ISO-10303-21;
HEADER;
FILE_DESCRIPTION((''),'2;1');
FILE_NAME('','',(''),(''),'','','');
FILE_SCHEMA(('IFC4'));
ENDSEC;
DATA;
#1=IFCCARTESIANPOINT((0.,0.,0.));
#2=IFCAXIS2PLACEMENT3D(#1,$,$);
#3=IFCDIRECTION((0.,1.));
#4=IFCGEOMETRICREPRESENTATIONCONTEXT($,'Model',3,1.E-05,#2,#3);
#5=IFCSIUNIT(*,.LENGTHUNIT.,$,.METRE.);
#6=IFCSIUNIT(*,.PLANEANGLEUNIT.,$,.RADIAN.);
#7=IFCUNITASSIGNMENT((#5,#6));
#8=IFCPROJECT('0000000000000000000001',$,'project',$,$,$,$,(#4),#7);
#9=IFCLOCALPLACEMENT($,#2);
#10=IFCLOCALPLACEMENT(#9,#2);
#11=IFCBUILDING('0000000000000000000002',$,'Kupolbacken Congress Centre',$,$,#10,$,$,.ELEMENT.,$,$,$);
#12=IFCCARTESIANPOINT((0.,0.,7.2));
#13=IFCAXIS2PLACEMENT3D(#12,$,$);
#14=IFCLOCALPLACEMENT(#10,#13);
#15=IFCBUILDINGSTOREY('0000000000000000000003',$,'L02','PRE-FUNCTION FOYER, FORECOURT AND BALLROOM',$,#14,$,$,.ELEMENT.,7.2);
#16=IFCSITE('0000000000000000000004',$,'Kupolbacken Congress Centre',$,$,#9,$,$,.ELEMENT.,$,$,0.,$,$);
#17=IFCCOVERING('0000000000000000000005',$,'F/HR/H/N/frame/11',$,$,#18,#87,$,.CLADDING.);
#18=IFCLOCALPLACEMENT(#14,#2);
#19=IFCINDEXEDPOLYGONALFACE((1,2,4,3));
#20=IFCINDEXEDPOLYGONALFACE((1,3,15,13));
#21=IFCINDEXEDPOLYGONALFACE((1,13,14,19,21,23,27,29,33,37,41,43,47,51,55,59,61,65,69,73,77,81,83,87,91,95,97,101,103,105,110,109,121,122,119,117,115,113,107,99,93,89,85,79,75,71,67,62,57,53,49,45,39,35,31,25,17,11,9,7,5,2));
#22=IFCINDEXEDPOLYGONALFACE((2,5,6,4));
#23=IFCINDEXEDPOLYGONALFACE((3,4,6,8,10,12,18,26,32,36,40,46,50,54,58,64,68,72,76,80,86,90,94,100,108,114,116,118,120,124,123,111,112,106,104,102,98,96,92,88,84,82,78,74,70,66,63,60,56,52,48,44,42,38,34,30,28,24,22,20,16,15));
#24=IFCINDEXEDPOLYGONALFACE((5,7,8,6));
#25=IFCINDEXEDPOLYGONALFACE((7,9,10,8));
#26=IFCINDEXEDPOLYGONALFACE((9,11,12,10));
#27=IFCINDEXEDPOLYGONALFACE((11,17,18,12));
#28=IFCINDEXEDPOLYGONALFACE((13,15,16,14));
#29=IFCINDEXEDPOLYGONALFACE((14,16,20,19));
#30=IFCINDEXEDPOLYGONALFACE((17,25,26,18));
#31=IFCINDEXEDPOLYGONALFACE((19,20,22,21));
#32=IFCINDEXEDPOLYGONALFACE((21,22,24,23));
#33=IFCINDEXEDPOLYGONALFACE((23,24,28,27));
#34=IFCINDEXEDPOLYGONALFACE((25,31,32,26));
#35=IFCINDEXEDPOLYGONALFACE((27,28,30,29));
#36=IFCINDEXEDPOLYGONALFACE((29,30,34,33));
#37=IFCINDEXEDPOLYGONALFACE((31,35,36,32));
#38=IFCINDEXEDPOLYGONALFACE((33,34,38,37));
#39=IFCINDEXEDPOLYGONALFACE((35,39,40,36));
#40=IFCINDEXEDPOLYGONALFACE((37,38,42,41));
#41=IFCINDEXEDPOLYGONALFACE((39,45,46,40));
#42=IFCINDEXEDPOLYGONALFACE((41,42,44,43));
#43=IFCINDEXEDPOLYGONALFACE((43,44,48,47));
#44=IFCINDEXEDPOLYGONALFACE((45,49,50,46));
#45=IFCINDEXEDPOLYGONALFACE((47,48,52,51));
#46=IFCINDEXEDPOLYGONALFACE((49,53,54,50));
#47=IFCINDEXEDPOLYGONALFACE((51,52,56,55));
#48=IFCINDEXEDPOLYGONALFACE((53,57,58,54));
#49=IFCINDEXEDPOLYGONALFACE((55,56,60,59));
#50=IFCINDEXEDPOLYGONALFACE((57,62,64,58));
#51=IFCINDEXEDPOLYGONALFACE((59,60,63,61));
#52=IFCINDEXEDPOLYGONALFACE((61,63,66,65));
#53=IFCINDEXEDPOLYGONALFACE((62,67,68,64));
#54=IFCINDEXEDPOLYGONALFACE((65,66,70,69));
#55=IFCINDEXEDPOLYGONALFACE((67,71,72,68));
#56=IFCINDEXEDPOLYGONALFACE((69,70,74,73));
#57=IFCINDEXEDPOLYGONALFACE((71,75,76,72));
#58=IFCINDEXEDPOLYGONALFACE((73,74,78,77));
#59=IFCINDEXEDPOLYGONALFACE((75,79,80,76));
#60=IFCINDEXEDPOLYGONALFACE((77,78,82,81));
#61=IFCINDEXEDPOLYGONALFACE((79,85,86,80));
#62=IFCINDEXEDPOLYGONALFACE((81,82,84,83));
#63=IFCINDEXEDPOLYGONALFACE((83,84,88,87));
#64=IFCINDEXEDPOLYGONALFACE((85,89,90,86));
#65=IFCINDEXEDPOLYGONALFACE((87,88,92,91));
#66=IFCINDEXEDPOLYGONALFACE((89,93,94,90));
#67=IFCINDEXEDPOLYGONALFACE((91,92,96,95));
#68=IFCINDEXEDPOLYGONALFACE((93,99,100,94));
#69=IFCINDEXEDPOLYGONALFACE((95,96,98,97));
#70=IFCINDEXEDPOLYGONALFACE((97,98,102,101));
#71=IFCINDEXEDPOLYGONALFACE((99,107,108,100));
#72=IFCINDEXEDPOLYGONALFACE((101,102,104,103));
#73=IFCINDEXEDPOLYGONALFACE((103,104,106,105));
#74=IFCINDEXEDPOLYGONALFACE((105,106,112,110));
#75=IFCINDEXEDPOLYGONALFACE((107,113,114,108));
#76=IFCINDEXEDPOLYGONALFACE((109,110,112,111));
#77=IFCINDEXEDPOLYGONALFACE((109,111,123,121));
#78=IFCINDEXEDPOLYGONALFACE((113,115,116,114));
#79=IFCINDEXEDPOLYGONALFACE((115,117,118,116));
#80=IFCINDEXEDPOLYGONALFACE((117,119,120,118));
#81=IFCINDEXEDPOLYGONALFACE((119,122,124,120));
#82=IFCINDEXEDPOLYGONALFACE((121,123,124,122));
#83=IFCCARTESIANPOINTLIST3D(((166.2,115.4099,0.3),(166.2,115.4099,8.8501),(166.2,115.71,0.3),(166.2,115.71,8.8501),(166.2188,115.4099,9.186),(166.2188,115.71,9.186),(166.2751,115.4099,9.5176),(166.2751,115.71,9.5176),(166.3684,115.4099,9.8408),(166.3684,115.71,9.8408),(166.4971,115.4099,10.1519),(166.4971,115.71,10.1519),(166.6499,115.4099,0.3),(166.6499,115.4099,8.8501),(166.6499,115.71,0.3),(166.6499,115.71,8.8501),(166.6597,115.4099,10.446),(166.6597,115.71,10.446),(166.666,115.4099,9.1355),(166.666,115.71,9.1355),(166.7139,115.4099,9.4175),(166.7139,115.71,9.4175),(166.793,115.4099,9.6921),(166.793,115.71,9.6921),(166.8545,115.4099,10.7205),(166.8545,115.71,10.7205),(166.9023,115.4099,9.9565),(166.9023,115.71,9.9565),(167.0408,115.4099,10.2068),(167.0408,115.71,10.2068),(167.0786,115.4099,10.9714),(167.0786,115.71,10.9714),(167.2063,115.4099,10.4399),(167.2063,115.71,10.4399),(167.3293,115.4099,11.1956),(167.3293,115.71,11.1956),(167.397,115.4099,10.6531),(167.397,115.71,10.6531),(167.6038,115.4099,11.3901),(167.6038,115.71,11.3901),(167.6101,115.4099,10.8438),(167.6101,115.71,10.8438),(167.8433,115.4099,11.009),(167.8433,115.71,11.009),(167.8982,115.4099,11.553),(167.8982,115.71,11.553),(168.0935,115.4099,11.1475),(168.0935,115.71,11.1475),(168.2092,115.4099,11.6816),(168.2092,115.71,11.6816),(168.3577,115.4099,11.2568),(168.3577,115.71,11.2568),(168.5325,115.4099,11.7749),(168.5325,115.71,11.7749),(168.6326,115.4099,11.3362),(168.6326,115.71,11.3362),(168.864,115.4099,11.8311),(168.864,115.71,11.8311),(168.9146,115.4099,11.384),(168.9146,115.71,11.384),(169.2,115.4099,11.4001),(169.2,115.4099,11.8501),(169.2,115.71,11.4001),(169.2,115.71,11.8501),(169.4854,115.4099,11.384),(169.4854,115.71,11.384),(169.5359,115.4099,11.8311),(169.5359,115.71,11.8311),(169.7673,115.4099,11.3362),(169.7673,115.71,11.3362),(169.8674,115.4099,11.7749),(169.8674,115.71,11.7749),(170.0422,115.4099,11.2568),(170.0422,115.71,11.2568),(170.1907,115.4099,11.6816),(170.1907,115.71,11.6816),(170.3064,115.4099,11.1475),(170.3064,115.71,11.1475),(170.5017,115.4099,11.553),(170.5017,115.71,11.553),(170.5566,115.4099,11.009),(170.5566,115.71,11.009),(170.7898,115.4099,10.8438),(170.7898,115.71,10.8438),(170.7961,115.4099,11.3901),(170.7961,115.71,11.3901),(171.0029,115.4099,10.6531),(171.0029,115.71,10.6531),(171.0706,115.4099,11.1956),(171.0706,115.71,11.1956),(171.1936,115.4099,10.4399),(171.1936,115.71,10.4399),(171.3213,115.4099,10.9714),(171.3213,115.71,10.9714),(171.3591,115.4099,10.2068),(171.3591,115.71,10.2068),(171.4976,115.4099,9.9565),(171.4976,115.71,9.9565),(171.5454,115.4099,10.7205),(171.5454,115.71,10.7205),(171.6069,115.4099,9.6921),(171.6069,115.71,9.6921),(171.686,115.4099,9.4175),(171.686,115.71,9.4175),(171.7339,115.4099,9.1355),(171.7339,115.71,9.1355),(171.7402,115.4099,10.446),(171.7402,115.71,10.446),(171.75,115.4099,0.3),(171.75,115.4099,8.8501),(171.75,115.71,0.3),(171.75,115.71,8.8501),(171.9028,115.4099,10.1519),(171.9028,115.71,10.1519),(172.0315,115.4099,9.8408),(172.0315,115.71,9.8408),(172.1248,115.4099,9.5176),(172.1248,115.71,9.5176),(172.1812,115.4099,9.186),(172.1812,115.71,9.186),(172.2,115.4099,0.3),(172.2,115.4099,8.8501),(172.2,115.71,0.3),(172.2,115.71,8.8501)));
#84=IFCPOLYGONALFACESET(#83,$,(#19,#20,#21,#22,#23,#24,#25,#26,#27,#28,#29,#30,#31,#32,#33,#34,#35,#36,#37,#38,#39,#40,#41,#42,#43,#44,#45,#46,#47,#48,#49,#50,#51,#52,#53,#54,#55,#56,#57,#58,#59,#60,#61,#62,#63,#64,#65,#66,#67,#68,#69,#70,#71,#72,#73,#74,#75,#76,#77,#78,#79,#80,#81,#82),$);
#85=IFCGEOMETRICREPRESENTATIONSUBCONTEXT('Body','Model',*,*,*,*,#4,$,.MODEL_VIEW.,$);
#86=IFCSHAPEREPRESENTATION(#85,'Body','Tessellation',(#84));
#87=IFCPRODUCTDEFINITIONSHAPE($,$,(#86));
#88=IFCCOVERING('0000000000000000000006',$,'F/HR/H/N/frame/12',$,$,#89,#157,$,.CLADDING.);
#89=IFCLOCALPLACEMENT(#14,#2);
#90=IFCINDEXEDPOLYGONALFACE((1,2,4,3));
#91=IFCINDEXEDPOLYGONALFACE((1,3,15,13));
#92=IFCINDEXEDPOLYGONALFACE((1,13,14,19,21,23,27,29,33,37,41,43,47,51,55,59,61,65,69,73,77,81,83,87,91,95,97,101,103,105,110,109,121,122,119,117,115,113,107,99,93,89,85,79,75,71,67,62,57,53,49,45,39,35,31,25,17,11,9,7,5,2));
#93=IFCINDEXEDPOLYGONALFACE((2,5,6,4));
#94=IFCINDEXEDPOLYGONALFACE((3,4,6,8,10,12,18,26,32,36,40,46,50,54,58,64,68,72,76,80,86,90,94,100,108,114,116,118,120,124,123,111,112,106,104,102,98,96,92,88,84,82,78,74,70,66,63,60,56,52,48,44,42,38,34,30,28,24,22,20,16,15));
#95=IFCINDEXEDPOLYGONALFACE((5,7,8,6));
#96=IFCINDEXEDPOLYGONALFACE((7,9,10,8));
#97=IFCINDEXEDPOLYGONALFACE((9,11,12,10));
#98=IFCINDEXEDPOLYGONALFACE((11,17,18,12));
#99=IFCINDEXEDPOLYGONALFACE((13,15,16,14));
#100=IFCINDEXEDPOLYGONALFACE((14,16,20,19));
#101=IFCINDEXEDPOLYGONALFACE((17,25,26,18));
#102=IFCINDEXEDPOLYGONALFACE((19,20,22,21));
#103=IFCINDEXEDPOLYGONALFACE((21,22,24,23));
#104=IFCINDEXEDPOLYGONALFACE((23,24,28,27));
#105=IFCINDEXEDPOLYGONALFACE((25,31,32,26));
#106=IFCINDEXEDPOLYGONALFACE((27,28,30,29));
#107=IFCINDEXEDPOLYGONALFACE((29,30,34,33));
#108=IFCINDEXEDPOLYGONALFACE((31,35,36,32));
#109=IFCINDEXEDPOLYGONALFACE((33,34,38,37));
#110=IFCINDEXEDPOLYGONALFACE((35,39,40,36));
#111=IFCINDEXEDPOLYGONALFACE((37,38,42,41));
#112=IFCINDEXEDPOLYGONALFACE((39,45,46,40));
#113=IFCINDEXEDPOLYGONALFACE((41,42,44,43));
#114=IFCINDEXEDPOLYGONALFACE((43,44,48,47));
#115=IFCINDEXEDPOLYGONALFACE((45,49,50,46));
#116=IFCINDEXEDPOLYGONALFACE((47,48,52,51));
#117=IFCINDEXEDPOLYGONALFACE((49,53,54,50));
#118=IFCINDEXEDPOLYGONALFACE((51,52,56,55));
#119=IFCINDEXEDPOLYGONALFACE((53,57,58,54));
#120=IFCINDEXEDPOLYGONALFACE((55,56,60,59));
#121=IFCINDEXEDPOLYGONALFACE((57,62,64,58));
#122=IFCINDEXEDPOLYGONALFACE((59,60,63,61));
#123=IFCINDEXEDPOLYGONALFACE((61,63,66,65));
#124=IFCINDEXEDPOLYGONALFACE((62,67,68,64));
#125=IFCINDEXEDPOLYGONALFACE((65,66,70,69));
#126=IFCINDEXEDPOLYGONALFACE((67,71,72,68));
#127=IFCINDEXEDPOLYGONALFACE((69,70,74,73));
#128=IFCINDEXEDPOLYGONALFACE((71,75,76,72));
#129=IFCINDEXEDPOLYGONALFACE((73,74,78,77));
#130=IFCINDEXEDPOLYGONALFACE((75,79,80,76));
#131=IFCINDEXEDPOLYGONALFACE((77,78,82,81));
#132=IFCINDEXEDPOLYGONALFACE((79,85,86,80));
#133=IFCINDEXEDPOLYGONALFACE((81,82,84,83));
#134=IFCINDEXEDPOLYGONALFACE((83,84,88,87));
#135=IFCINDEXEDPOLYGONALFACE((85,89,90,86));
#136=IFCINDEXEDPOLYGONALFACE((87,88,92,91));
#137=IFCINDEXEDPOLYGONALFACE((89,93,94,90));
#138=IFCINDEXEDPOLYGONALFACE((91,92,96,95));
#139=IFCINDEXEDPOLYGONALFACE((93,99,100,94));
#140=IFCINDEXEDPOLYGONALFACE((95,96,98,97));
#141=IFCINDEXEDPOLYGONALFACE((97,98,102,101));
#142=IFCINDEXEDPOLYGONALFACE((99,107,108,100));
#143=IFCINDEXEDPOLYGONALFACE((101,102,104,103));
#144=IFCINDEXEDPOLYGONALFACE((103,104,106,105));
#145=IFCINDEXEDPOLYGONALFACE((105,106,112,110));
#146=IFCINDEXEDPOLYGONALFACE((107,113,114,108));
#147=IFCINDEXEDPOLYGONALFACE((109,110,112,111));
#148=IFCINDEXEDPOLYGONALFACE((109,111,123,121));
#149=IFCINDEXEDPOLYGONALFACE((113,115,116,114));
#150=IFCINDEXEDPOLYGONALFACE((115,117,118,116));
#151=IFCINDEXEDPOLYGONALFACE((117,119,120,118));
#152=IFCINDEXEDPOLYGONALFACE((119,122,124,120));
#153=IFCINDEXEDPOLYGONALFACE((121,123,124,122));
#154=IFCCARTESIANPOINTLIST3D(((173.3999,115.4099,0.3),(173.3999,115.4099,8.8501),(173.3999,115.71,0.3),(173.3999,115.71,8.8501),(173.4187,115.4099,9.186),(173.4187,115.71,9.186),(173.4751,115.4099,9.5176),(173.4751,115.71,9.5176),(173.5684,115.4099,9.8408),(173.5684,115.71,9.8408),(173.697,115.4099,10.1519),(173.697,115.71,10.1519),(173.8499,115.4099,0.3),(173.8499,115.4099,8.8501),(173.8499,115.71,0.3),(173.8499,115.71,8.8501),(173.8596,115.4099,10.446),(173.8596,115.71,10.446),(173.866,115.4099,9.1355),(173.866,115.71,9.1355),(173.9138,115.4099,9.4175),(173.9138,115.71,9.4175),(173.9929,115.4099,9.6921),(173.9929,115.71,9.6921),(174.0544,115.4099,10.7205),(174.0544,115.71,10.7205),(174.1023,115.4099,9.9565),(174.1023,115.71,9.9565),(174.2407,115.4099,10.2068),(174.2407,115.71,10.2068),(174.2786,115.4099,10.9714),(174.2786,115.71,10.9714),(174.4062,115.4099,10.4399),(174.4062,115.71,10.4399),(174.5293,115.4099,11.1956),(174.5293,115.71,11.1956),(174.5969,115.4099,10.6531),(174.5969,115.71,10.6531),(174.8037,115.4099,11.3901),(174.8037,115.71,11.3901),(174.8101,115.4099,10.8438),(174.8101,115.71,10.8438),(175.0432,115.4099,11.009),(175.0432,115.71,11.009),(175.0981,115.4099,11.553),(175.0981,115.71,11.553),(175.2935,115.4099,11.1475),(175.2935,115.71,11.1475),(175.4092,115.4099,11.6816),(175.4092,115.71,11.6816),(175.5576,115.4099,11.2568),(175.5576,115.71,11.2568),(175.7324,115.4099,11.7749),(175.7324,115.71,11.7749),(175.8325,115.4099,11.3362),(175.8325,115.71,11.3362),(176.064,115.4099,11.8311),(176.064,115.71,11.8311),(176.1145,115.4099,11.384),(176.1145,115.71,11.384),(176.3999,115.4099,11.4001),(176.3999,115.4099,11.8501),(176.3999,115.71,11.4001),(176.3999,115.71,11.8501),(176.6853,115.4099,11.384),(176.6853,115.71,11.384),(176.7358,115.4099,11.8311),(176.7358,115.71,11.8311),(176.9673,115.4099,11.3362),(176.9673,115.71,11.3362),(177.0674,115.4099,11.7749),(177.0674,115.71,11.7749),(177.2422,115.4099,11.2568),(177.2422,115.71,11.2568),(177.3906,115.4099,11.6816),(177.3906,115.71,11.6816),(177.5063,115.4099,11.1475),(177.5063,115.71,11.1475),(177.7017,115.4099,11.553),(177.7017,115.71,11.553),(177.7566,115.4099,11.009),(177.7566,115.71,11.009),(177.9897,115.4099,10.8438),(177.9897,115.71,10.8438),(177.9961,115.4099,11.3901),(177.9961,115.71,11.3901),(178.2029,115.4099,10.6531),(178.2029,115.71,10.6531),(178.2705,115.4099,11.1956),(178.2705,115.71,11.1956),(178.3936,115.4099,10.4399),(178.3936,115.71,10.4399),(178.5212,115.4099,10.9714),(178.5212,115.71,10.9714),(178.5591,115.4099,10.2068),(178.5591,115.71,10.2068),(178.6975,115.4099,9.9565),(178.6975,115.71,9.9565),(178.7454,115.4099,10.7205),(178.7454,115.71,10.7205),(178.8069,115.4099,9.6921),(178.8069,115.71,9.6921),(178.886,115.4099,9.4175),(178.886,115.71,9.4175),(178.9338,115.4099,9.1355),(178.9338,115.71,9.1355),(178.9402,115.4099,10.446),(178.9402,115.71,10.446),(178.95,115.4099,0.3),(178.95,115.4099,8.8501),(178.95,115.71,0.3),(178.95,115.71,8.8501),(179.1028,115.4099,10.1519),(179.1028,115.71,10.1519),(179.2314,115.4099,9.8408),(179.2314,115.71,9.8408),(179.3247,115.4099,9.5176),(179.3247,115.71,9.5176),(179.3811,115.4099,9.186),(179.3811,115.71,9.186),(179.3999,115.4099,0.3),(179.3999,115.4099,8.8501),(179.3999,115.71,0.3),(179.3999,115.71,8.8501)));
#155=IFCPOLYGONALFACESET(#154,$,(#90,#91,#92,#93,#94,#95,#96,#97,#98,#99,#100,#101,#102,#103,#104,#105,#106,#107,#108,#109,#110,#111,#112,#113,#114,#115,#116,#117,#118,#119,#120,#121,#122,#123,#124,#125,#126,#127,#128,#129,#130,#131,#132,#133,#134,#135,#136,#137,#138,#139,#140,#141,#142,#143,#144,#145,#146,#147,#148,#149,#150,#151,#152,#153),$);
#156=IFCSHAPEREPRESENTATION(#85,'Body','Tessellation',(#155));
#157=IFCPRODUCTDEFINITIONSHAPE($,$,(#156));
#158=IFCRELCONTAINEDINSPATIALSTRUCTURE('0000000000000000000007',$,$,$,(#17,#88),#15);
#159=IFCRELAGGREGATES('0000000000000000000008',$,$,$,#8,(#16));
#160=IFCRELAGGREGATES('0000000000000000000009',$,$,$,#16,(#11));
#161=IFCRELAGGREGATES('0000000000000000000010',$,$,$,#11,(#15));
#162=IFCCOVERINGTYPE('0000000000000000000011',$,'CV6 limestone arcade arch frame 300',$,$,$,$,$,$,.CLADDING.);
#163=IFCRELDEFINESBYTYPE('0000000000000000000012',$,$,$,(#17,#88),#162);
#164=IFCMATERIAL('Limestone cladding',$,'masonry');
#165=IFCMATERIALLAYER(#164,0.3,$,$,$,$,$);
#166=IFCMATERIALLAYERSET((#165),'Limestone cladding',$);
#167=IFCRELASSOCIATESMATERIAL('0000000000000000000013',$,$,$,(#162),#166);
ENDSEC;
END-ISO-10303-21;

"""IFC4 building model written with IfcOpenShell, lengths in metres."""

from ifc_helpers import new_model, si_unit, direction, frame, origin, place, context, subcontext, project, spatial, polyline, outline, extrude, material, layer, layer_set, type_object, element, save


model = new_model("IFC4")

# Units and contexts
model_context = context("Model", 3, precision=1e-05, world=origin(), true_north=direction((0.0, 1.0)))
body_context = subcontext(model_context, "Body", "Model", "MODEL_VIEW")
ifc_project = project(units=[si_unit("LENGTHUNIT", "METRE"), si_unit("PLANEANGLEUNIT", "RADIAN")], contexts=[model_context])

# Site, building, storey
site_placement = place(None, origin())
site = spatial("IfcSite", under=ifc_project, at=site_placement, Name="Kupolbacken Congress Centre", CompositionType="ELEMENT", RefElevation=0.0)
building_placement = place(site_placement, origin())
building = spatial("IfcBuilding", under=site, at=building_placement, Name="Kupolbacken Congress Centre", CompositionType="ELEMENT")
storey_placement = place(building_placement, frame((0.0, 0.0, 7.2)))
storey = spatial("IfcBuildingStorey", under=building, at=storey_placement, Name="L02", Description="PRE-FUNCTION FOYER, FORECOURT AND BALLROOM", CompositionType="ELEMENT", Elevation=7.2)

# Coverings
ifc_material_1 = material(Name="Limestone cladding", Category="masonry")
ifc_layer_1 = layer(ifc_material_1, 0.3)
ifc_layer_set_1 = layer_set([ifc_layer_1], Name="Limestone cladding")
covering_type_1 = type_object("IfcCoveringType", Name="CV6 limestone arcade arch frame 300", PredefinedType="CLADDING", material=ifc_layer_set_1)
covering_1_placement = place(storey_placement, frame((166.2, 115.4099, 0.3), z_axis=(0.0, 1.0, 0.0), x_axis=(-1.0, 0.0, 0.0)))
element("IfcCovering", 1, at=covering_1_placement, inside=storey, type_object=covering_type_1, Name="F/HR/H/N/frame/11", PredefinedType="CLADDING", context=body_context, shape_type="SweptSolid", body=[
    extrude(outline(polyline([(0.0, 0.0), (0.0, 8.55), (-0.0188, 8.886), (-0.0752, 9.2175), (-0.1685, 9.5408), (-0.2971, 9.8518), (-0.4597, 10.146), (-0.6545, 10.4204), (-0.8787, 10.6714), (-1.1294, 10.8955), (-1.4038, 11.0901), (-1.6982, 11.2529), (-2.0093, 11.3816), (-2.3325, 11.4749), (-2.6641, 11.531), (-3.0, 11.55), (-3.3359, 11.531), (-3.6675, 11.4749), (-3.9907, 11.3816), (-4.3018, 11.2529), (-4.5962, 11.0901), (-4.8706, 10.8955), (-5.1213, 10.6714), (-5.3455, 10.4204), (-5.5403, 10.146), (-5.7029, 9.8518), (-5.8315, 9.5408), (-5.9248, 9.2175), (-5.9812, 8.886), (-6.0, 8.55), (-6.0, 0.0), (-5.55, 0.0), (-5.55, 8.55), (-5.5339, 8.8354), (-5.4861, 9.1174), (-5.407, 9.3921), (-5.2976, 9.6565), (-5.1592, 9.9067), (-4.9937, 10.1399), (-4.803, 10.353), (-4.5898, 10.5437), (-4.3567, 10.709), (-4.1064, 10.8474), (-3.8423, 10.9568), (-3.5674, 11.0361), (-3.2854, 11.084), (-3.0, 11.1001), (-2.7146, 11.084), (-2.4326, 11.0361), (-2.1577, 10.9568), (-1.8936, 10.8474), (-1.6433, 10.709), (-1.4102, 10.5437), (-1.197, 10.353), (-1.0063, 10.1399), (-0.8408, 9.9067), (-0.7024, 9.6565), (-0.593, 9.3921), (-0.5139, 9.1174), (-0.4661, 8.8354), (-0.45, 8.55), (-0.45, 0.0), (0.0, 0.0)])), origin(), (0.0, 0.0, 1.0), 0.3),
])
covering_2_placement = place(storey_placement, frame((173.3999, 115.4099, 0.3), z_axis=(0.0, 1.0, 0.0), x_axis=(-1.0, 0.0, 0.0)))
element("IfcCovering", 2, at=covering_2_placement, inside=storey, type_object=covering_type_1, Name="F/HR/H/N/frame/12", PredefinedType="CLADDING", context=body_context, shape_type="SweptSolid", body=[
    extrude(outline(polyline([(0.0, 0.0), (0.0, 8.55), (-0.0188, 8.886), (-0.0752, 9.2175), (-0.1685, 9.5408), (-0.2971, 9.8518), (-0.4597, 10.146), (-0.6545, 10.4204), (-0.8787, 10.6714), (-1.1294, 10.8955), (-1.4038, 11.0901), (-1.6982, 11.2529), (-2.0093, 11.3816), (-2.3325, 11.4749), (-2.6641, 11.531), (-3.0, 11.55), (-3.3359, 11.531), (-3.6675, 11.4749), (-3.9907, 11.3816), (-4.3018, 11.2529), (-4.5962, 11.0901), (-4.8706, 10.8955), (-5.1213, 10.6714), (-5.3455, 10.4204), (-5.5403, 10.146), (-5.7029, 9.8518), (-5.8315, 9.5408), (-5.9248, 9.2175), (-5.9812, 8.886), (-6.0, 8.55), (-6.0, 0.0), (-5.55, 0.0), (-5.55, 8.55), (-5.5339, 8.8354), (-5.4861, 9.1174), (-5.407, 9.3921), (-5.2976, 9.6565), (-5.1592, 9.9067), (-4.9937, 10.1399), (-4.803, 10.353), (-4.5898, 10.5437), (-4.3567, 10.709), (-4.1064, 10.8474), (-3.8423, 10.9568), (-3.5674, 11.0361), (-3.2854, 11.084), (-3.0, 11.1001), (-2.7146, 11.084), (-2.4326, 11.0361), (-2.1577, 10.9568), (-1.8936, 10.8474), (-1.6433, 10.709), (-1.4102, 10.5437), (-1.197, 10.353), (-1.0063, 10.1399), (-0.8408, 9.9067), (-0.7024, 9.6565), (-0.593, 9.3921), (-0.5139, 9.1174), (-0.4661, 8.8354), (-0.45, 8.55), (-0.45, 0.0), (0.0, 0.0)])), origin(), (0.0, 0.0, 1.0), 0.3),
])

save(model, "model.ifc")
